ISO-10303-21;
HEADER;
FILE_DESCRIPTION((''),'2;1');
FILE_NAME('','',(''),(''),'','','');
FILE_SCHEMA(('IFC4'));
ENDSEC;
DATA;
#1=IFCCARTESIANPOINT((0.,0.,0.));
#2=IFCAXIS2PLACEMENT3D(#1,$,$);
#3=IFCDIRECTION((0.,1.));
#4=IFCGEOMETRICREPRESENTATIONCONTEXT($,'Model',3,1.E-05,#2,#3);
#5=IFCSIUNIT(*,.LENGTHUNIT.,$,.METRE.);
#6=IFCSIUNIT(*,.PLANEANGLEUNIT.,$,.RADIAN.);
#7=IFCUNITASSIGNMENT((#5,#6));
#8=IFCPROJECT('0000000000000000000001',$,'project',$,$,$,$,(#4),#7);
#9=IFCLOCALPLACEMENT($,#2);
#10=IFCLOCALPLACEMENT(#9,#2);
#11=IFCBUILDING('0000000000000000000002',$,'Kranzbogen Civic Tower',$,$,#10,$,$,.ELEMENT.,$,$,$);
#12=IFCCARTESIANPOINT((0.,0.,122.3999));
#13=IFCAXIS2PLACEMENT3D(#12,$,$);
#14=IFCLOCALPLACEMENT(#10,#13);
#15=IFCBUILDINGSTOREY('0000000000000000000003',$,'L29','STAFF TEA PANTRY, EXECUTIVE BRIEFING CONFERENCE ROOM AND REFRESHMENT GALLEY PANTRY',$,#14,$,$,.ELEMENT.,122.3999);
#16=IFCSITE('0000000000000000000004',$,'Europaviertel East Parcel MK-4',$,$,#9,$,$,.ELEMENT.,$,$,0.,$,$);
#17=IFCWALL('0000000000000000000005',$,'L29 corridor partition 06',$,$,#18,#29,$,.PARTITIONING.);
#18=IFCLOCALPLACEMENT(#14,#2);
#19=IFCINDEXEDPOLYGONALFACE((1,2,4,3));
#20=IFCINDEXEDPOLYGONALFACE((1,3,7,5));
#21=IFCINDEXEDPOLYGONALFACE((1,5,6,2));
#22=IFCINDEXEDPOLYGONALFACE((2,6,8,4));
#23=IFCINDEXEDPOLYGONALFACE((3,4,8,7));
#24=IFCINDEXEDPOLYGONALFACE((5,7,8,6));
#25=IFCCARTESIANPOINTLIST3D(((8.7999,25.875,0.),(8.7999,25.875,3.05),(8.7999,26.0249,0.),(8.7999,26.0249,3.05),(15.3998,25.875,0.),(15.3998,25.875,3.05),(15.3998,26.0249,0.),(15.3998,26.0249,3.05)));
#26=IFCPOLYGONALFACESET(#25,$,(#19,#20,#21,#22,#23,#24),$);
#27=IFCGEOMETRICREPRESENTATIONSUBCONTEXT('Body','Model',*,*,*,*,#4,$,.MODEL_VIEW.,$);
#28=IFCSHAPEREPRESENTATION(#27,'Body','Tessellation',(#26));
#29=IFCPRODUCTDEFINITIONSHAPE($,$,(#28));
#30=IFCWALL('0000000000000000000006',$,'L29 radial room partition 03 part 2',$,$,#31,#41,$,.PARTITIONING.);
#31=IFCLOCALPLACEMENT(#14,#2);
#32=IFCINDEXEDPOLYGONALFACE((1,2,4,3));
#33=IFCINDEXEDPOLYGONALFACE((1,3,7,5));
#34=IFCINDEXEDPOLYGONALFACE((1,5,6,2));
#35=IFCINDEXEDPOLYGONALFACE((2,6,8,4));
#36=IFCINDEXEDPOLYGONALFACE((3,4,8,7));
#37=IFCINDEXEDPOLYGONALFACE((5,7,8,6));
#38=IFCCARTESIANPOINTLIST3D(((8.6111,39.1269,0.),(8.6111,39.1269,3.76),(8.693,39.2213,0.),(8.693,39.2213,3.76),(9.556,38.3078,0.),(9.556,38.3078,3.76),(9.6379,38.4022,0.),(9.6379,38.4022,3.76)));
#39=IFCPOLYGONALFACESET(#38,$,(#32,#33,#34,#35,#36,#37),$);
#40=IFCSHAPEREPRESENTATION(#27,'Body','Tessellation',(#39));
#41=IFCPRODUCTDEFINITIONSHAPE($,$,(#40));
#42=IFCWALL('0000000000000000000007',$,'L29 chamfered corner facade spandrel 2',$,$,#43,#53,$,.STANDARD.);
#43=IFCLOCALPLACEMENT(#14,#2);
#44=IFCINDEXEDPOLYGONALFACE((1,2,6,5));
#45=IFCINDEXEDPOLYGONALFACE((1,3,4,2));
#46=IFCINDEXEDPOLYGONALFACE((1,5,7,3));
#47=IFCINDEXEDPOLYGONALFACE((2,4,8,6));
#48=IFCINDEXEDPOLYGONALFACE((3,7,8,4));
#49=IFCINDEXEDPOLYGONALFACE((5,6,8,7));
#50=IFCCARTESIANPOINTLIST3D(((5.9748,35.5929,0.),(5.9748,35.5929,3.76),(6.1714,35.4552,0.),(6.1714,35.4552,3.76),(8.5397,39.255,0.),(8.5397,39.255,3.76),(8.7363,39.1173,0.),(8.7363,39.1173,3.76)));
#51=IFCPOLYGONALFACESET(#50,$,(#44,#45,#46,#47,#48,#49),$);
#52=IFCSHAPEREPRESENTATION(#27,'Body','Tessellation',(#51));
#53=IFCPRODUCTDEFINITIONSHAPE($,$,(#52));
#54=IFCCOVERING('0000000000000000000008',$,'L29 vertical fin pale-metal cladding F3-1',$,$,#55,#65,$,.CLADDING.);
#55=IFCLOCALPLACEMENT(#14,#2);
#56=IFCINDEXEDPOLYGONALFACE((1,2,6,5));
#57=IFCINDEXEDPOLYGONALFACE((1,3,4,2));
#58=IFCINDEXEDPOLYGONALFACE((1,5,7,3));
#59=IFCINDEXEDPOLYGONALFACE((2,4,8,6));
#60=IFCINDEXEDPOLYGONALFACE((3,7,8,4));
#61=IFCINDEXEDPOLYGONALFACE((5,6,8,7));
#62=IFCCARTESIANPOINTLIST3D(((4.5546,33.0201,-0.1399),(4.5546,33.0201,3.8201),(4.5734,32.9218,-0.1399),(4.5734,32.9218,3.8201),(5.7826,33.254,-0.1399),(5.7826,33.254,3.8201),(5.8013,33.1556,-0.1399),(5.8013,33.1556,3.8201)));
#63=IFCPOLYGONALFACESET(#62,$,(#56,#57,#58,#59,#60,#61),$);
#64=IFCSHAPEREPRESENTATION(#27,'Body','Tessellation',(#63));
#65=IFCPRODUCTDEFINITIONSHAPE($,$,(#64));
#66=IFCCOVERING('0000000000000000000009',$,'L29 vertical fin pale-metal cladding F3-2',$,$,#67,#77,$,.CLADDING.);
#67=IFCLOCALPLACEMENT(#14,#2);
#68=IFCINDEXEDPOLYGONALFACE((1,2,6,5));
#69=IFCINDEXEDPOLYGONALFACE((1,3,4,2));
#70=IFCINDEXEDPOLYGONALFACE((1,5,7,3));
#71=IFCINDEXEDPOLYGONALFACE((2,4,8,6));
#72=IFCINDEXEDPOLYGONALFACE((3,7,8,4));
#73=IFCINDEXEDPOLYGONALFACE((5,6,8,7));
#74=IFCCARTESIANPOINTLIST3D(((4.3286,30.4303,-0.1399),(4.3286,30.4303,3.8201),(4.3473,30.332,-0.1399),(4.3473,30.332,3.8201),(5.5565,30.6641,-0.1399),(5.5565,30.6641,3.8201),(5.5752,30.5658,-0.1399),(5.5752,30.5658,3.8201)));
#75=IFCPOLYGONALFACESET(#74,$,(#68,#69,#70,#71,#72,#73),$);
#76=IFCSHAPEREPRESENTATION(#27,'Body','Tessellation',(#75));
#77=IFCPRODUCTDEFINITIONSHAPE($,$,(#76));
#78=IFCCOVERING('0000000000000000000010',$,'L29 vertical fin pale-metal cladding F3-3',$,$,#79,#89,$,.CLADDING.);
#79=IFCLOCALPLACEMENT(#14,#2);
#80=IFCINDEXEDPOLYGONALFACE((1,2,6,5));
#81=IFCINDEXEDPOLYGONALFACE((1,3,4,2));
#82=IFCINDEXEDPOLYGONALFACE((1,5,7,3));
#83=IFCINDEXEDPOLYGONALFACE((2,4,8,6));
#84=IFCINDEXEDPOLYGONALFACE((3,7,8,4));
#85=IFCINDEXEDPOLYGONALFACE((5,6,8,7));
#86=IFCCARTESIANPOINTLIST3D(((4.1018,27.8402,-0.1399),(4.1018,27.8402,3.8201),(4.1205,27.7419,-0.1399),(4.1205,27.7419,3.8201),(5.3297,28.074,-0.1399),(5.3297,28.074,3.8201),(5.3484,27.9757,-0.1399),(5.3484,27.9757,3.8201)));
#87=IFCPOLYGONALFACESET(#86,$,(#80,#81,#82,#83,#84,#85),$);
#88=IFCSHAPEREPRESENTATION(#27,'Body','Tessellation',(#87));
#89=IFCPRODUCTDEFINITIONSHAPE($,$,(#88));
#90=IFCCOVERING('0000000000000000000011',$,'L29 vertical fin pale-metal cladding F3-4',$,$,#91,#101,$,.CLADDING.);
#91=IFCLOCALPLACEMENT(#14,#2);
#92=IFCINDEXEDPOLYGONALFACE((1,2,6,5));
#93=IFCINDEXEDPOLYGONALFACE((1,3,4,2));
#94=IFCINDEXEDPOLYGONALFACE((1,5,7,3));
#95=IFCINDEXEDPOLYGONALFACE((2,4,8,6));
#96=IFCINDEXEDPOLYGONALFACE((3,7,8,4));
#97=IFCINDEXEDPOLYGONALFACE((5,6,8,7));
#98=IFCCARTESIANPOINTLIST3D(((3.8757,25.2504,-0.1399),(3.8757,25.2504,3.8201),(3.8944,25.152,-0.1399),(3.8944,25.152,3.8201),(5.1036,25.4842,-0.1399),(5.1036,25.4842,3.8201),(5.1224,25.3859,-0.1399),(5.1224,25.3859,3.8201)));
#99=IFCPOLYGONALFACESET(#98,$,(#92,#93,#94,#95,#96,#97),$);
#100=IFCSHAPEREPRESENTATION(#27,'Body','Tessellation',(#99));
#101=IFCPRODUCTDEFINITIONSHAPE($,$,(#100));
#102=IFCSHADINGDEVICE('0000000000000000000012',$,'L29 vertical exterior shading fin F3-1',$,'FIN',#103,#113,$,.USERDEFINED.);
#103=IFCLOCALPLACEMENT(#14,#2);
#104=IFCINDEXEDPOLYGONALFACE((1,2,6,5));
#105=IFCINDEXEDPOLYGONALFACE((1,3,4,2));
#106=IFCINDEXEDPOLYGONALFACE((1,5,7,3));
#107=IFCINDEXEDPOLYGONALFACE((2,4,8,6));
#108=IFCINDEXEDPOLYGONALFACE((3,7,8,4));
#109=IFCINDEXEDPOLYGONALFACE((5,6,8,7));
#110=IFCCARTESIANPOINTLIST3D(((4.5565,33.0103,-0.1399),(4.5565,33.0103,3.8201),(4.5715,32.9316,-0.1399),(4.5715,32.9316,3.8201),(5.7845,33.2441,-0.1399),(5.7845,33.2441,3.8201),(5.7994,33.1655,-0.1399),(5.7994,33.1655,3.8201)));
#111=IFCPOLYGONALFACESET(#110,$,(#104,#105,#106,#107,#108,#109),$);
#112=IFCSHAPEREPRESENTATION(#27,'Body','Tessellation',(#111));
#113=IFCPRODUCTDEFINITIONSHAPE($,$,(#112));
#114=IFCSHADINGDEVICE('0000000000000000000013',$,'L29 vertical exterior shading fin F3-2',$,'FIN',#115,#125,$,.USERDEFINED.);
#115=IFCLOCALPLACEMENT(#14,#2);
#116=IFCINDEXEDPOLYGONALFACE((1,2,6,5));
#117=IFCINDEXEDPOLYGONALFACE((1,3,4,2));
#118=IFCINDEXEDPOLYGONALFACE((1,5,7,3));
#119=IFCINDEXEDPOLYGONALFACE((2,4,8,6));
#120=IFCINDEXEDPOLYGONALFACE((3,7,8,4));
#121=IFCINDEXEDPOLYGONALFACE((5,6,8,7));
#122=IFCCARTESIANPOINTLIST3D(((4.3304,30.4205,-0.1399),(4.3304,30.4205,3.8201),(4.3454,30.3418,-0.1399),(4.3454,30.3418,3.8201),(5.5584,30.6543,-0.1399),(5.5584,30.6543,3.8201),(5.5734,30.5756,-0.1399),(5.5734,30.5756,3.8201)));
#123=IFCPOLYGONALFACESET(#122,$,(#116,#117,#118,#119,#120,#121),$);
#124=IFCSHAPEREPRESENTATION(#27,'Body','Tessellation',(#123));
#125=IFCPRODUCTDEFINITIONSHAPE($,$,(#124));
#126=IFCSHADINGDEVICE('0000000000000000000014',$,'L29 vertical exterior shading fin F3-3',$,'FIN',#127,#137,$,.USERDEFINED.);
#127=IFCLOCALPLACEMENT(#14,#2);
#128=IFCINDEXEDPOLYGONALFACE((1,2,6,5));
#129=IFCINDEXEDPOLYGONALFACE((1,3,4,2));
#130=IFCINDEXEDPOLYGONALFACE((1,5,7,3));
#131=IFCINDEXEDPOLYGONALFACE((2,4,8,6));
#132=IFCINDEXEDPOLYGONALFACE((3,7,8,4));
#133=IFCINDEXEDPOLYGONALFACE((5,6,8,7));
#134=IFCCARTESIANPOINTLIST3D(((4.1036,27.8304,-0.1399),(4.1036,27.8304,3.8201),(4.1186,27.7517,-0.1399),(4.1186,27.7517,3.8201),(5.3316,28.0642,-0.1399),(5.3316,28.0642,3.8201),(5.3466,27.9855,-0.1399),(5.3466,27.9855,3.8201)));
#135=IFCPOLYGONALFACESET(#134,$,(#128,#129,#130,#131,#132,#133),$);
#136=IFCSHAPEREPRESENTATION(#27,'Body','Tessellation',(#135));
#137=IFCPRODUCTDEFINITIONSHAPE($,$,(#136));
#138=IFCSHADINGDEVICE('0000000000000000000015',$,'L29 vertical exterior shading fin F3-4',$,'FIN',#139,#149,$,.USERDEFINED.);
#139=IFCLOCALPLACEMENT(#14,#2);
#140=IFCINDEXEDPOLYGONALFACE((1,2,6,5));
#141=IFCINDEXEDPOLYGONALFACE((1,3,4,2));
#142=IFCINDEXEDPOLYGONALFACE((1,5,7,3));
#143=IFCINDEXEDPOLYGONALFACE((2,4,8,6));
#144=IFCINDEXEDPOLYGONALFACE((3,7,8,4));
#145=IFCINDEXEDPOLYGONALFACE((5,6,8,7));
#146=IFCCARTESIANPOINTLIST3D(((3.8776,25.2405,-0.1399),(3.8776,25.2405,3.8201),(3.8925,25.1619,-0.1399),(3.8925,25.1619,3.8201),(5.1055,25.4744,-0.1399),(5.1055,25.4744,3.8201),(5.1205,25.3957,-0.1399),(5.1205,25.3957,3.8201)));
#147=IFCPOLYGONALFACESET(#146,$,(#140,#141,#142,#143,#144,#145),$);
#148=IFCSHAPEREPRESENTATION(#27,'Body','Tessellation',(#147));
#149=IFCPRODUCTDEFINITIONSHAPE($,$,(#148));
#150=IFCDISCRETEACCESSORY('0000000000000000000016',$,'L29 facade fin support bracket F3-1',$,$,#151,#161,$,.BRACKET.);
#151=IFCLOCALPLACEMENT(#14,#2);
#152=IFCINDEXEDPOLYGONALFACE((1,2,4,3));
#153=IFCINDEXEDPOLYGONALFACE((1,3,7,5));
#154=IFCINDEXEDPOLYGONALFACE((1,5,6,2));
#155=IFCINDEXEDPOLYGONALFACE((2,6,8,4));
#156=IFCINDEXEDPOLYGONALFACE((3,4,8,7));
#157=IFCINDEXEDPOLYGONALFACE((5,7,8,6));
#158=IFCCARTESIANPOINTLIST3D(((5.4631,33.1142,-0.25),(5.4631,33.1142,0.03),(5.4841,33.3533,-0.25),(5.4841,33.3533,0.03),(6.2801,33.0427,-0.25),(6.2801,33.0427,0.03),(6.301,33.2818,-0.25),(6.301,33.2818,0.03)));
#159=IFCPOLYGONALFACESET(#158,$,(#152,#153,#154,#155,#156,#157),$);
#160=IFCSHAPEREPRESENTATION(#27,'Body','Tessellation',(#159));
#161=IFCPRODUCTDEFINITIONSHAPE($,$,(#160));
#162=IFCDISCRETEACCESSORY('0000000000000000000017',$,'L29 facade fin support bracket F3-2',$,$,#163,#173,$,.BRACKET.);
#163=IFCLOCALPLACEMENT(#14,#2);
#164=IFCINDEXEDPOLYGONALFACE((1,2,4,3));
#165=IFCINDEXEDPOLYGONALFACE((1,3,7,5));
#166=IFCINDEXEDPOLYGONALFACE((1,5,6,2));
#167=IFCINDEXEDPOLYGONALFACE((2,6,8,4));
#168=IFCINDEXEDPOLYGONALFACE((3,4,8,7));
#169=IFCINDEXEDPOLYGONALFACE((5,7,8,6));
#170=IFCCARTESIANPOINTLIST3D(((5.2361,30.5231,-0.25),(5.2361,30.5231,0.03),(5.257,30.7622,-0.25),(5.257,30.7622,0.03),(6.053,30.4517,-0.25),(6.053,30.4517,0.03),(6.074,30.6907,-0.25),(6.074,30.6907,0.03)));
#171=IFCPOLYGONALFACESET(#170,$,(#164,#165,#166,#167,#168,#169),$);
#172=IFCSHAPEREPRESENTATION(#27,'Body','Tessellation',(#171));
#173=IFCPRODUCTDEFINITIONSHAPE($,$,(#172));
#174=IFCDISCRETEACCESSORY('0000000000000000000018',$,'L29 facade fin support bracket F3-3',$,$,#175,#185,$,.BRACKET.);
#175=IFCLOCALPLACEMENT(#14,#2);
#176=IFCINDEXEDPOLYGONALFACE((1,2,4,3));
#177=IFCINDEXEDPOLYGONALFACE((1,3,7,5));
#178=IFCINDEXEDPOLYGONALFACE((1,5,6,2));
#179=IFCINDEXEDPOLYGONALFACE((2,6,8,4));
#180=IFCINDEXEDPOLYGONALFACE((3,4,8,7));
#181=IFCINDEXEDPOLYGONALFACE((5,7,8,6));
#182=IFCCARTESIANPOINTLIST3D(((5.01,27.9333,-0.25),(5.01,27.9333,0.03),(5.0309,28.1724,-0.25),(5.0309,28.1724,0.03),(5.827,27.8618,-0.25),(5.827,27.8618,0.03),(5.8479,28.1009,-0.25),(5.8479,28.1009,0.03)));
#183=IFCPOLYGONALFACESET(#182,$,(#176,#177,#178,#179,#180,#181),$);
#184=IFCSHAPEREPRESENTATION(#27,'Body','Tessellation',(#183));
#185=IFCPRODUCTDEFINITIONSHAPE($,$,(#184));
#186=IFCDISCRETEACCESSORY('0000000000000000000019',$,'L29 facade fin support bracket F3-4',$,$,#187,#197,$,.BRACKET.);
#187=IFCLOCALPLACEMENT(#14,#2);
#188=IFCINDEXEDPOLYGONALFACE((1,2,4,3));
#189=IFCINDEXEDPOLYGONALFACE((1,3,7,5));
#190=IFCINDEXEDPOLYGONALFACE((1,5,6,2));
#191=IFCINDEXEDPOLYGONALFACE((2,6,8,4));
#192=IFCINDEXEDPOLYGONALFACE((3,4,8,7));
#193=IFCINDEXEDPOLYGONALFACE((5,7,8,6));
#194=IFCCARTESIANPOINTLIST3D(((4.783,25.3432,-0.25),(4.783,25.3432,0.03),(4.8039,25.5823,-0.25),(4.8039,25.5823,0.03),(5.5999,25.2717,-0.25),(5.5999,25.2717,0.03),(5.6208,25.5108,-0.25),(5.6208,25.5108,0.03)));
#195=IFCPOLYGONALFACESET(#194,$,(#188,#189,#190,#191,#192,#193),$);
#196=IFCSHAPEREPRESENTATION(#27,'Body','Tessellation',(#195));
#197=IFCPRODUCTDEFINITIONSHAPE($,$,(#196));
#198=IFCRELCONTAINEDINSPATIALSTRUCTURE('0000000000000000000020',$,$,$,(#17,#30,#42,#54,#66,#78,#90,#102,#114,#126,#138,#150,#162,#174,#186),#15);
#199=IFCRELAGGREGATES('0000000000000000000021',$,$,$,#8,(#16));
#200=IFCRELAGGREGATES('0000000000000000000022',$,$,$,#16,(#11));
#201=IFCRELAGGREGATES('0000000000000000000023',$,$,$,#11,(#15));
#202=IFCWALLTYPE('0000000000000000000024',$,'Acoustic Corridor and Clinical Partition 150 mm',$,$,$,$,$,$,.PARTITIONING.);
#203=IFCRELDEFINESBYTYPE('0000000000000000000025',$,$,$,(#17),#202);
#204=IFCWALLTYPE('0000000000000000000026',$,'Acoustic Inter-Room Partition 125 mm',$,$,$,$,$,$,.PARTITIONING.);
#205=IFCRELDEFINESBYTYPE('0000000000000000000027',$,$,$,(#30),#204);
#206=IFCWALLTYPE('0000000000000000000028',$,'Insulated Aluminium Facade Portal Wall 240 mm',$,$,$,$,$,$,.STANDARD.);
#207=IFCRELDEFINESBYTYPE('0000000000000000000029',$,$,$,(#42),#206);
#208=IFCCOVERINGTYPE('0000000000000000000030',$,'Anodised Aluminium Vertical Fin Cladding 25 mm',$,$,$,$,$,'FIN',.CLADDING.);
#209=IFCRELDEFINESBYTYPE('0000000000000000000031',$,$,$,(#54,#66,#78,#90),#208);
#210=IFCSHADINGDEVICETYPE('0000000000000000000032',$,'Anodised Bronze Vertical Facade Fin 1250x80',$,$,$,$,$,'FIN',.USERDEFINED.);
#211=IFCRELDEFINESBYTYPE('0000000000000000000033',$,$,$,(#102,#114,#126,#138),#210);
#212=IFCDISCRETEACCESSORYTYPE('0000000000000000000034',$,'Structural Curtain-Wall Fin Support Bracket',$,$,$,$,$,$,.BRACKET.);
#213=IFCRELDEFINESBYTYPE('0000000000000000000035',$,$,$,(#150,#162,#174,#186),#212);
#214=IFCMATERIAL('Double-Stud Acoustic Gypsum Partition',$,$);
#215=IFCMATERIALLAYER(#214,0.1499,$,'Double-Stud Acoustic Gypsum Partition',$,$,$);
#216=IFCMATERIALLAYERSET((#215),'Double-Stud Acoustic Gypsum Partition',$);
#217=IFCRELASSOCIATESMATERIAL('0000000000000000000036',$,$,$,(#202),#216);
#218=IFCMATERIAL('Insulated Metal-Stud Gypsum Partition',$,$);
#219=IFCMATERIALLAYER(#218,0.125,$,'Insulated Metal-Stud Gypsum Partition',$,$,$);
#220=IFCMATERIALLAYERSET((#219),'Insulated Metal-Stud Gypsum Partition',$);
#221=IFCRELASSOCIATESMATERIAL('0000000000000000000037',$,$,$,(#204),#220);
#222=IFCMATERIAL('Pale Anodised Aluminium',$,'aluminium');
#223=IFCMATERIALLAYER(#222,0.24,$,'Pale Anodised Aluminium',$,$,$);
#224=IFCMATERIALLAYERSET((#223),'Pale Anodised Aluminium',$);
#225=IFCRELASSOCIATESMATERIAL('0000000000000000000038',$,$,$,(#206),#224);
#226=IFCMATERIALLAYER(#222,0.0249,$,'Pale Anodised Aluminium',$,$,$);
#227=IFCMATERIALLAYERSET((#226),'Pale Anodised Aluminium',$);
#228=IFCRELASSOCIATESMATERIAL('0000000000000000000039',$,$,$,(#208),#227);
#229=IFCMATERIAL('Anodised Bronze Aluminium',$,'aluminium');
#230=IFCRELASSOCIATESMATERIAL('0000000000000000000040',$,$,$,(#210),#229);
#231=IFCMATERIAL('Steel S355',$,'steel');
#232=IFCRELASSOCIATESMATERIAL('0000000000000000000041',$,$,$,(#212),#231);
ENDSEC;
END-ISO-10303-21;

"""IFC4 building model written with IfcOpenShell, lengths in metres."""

from ifc_helpers import new_model, si_unit, direction, frame, frame_2d, origin, origin_2d, place, context, subcontext, project, spatial, rectangle, extrude, material, layer, layer_set, type_object, element, save


model = new_model("IFC4")

# Units and contexts
model_context = context("Model", 3, precision=1e-05, world=origin(), true_north=direction((0.0, 1.0)))
body_context = subcontext(model_context, "Body", "Model", "MODEL_VIEW")
ifc_project = project(units=[si_unit("LENGTHUNIT", "METRE"), si_unit("PLANEANGLEUNIT", "RADIAN")], contexts=[model_context])

# Site, building, storey
site_placement = place(None, origin())
site = spatial("IfcSite", under=ifc_project, at=site_placement, Name="Europaviertel East Parcel MK-4", CompositionType="ELEMENT", RefElevation=0.0)
building_placement = place(site_placement, origin())
building = spatial("IfcBuilding", under=site, at=building_placement, Name="Kranzbogen Civic Tower", CompositionType="ELEMENT")
storey_placement = place(building_placement, frame((0.0, 0.0, 122.3999)))
storey = spatial("IfcBuildingStorey", under=building, at=storey_placement, Name="L29", Description="STAFF TEA PANTRY, EXECUTIVE BRIEFING CONFERENCE ROOM AND REFRESHMENT GALLEY PANTRY", CompositionType="ELEMENT", Elevation=122.3999)

# Shared definitions
ifc_material_1 = material(Name="Pale Anodised Aluminium", Category="aluminium")

# Shared definitions
ifc_material_2 = material(Name="Steel S355", Category="steel")

# Walls
ifc_material_3 = material(Name="Double-Stud Acoustic Gypsum Partition")
ifc_layer_1 = layer(ifc_material_3, 0.1499, Name="Double-Stud Acoustic Gypsum Partition")
ifc_layer_set_1 = layer_set([ifc_layer_1], Name="Double-Stud Acoustic Gypsum Partition")
wall_type_1 = type_object("IfcWallType", Name="Acoustic Corridor and Clinical Partition 150 mm", PredefinedType="PARTITIONING", material=ifc_layer_set_1)
wall_1_placement = place(storey_placement, frame((8.8, 25.95, 0.0), z_axis=(0.0, 0.0, 1.0), x_axis=(1.0, 0.0, 0.0)))
element("IfcWall", 1, at=wall_1_placement, inside=storey, type_object=wall_type_1, Name="L29 corridor partition 06", PredefinedType="PARTITIONING", context=body_context, shape_type="SweptSolid", body=[
    extrude(rectangle(XDim=6.5999, YDim=0.1499, at=frame_2d((3.2998, 0.0))), origin(), (0.0, 0.0, 1.0), 3.05),
])
ifc_material_4 = material(Name="Insulated Metal-Stud Gypsum Partition")
ifc_layer_2 = layer(ifc_material_4, 0.125, Name="Insulated Metal-Stud Gypsum Partition")
ifc_layer_set_2 = layer_set([ifc_layer_2], Name="Insulated Metal-Stud Gypsum Partition")
wall_type_2 = type_object("IfcWallType", Name="Acoustic Inter-Room Partition 125 mm", PredefinedType="PARTITIONING", material=ifc_layer_set_2)
wall_2_placement = place(storey_placement, frame((9.5969, 38.355, 0.0), z_axis=(0.0, 0.0, 1.0), x_axis=(-0.755592, 0.655042, 0.0)))
element("IfcWall", 2, at=wall_2_placement, inside=storey, type_object=wall_type_2, Name="L29 radial room partition 03 part 2", PredefinedType="PARTITIONING", context=body_context, shape_type="SweptSolid", body=[
    extrude(rectangle(XDim=1.2505, YDim=0.125, at=frame_2d((0.6252, 0.0))), origin(), (0.0, 0.0, 1.0), 3.76),
])
ifc_layer_3 = layer(ifc_material_1, 0.24, Name="Pale Anodised Aluminium")
ifc_layer_set_3 = layer_set([ifc_layer_3], Name="Pale Anodised Aluminium")
wall_type_3 = type_object("IfcWallType", Name="Insulated Aluminium Facade Portal Wall 240 mm", PredefinedType="STANDARD", material=ifc_layer_set_3)
wall_3_placement = place(storey_placement, frame((8.6379, 39.186, 0.0), z_axis=(0.0, 0.0, 1.0), x_axis=(-0.573682, -0.819078, 0.0)))
element("IfcWall", 3, at=wall_3_placement, inside=storey, type_object=wall_type_3, Name="L29 chamfered corner facade spandrel 2", PredefinedType="STANDARD", context=body_context, shape_type="SweptSolid", body=[
    extrude(rectangle(XDim=4.4709, YDim=0.24, at=frame_2d((2.2354, 0.0))), origin(), (0.0, 0.0, 1.0), 3.76),
])

# Coverings
ifc_layer_4 = layer(ifc_material_1, 0.0249, Name="Pale Anodised Aluminium")
ifc_layer_set_4 = layer_set([ifc_layer_4], Name="Pale Anodised Aluminium")
covering_type = type_object("IfcCoveringType", Name="Anodised Aluminium Vertical Fin Cladding 25 mm", ElementType="FIN", PredefinedType="CLADDING", material=ifc_layer_set_4)
for number, where, z_axis, x_axis, name in (
    (4, (5.178, 33.0879, -0.1399), (0.0, 0.0, 1.0), (-0.982349, -0.187056, 0.0), "L29 vertical fin pale-metal cladding F3-1"),
    (5, (4.9519, 30.498, -0.1399), (0.0, 0.0, 1.0), (-0.982349, -0.187056, 0.0), "L29 vertical fin pale-metal cladding F3-2"),
    (6, (4.7251, 27.908, -0.1399), (0.0, 0.0, 1.0), (-0.982349, -0.187056, 0.0), "L29 vertical fin pale-metal cladding F3-3"),
    (7, (4.499, 25.3181, -0.1399), (0.0, 0.0, 1.0), (-0.982349, -0.187056, 0.0), "L29 vertical fin pale-metal cladding F3-4"),
):
    element("IfcCovering", number, at=place(storey_placement, frame(where, z_axis=z_axis, x_axis=x_axis)), inside=storey, type_object=covering_type, Name=name, PredefinedType="CLADDING", context=body_context, shape_type="SweptSolid", body=[
        extrude(rectangle(XDim=1.25, YDim=0.1001, at=origin_2d()), origin(), (0.0, 0.0, 1.0), 3.96),
    ])

# Shading devices
ifc_material_5 = material(Name="Anodised Bronze Aluminium", Category="aluminium")
shading_device_type = type_object("IfcShadingDeviceType", Name="Anodised Bronze Vertical Facade Fin 1250x80", ElementType="FIN", PredefinedType="USERDEFINED", material=ifc_material_5)
for number, where, z_axis, x_axis, name in (
    (8, (5.178, 33.0879, -0.1399), (0.0, 0.0, 1.0), (-0.982349, -0.187056, 0.0), "L29 vertical exterior shading fin F3-1"),
    (9, (4.9519, 30.498, -0.1399), (0.0, 0.0, 1.0), (-0.982349, -0.187056, 0.0), "L29 vertical exterior shading fin F3-2"),
    (10, (4.7251, 27.908, -0.1399), (0.0, 0.0, 1.0), (-0.982349, -0.187056, 0.0), "L29 vertical exterior shading fin F3-3"),
    (11, (4.499, 25.3181, -0.1399), (0.0, 0.0, 1.0), (-0.982349, -0.187056, 0.0), "L29 vertical exterior shading fin F3-4"),
):
    element("IfcShadingDevice", number, at=place(storey_placement, frame(where, z_axis=z_axis, x_axis=x_axis)), inside=storey, type_object=shading_device_type, Name=name, ObjectType="FIN", PredefinedType="USERDEFINED", context=body_context, shape_type="SweptSolid", body=[
        extrude(rectangle(XDim=1.25, YDim=0.0801, at=origin_2d()), origin(), (0.0, 0.0, 1.0), 3.96),
    ])

# Discrete accessories
discrete_accessory_type = type_object("IfcDiscreteAccessoryType", Name="Structural Curtain-Wall Fin Support Bracket", PredefinedType="BRACKET", material=ifc_material_2)
for number, where, z_axis, x_axis, name in (
    (12, (5.8821, 33.198, -0.25), (0.0, 0.0, 1.0), (-0.996195, 0.087156, 0.0), "L29 facade fin support bracket F3-1"),
    (13, (5.655, 30.6069, -0.25), (0.0, 0.0, 1.0), (-0.996195, 0.087156, 0.0), "L29 facade fin support bracket F3-2"),
    (14, (5.429, 28.0171, -0.25), (0.0, 0.0, 1.0), (-0.996195, 0.087156, 0.0), "L29 facade fin support bracket F3-3"),
    (15, (5.2019, 25.427, -0.25), (0.0, 0.0, 1.0), (-0.996195, 0.087156, 0.0), "L29 facade fin support bracket F3-4"),
):
    element("IfcDiscreteAccessory", number, at=place(storey_placement, frame(where, z_axis=z_axis, x_axis=x_axis)), inside=storey, type_object=discrete_accessory_type, Name=name, PredefinedType="BRACKET", context=body_context, shape_type="SweptSolid", body=[
        extrude(rectangle(XDim=0.8201, YDim=0.24, at=origin_2d()), origin(), (0.0, 0.0, 1.0), 0.28),
    ])

save(model, "model.ifc")
